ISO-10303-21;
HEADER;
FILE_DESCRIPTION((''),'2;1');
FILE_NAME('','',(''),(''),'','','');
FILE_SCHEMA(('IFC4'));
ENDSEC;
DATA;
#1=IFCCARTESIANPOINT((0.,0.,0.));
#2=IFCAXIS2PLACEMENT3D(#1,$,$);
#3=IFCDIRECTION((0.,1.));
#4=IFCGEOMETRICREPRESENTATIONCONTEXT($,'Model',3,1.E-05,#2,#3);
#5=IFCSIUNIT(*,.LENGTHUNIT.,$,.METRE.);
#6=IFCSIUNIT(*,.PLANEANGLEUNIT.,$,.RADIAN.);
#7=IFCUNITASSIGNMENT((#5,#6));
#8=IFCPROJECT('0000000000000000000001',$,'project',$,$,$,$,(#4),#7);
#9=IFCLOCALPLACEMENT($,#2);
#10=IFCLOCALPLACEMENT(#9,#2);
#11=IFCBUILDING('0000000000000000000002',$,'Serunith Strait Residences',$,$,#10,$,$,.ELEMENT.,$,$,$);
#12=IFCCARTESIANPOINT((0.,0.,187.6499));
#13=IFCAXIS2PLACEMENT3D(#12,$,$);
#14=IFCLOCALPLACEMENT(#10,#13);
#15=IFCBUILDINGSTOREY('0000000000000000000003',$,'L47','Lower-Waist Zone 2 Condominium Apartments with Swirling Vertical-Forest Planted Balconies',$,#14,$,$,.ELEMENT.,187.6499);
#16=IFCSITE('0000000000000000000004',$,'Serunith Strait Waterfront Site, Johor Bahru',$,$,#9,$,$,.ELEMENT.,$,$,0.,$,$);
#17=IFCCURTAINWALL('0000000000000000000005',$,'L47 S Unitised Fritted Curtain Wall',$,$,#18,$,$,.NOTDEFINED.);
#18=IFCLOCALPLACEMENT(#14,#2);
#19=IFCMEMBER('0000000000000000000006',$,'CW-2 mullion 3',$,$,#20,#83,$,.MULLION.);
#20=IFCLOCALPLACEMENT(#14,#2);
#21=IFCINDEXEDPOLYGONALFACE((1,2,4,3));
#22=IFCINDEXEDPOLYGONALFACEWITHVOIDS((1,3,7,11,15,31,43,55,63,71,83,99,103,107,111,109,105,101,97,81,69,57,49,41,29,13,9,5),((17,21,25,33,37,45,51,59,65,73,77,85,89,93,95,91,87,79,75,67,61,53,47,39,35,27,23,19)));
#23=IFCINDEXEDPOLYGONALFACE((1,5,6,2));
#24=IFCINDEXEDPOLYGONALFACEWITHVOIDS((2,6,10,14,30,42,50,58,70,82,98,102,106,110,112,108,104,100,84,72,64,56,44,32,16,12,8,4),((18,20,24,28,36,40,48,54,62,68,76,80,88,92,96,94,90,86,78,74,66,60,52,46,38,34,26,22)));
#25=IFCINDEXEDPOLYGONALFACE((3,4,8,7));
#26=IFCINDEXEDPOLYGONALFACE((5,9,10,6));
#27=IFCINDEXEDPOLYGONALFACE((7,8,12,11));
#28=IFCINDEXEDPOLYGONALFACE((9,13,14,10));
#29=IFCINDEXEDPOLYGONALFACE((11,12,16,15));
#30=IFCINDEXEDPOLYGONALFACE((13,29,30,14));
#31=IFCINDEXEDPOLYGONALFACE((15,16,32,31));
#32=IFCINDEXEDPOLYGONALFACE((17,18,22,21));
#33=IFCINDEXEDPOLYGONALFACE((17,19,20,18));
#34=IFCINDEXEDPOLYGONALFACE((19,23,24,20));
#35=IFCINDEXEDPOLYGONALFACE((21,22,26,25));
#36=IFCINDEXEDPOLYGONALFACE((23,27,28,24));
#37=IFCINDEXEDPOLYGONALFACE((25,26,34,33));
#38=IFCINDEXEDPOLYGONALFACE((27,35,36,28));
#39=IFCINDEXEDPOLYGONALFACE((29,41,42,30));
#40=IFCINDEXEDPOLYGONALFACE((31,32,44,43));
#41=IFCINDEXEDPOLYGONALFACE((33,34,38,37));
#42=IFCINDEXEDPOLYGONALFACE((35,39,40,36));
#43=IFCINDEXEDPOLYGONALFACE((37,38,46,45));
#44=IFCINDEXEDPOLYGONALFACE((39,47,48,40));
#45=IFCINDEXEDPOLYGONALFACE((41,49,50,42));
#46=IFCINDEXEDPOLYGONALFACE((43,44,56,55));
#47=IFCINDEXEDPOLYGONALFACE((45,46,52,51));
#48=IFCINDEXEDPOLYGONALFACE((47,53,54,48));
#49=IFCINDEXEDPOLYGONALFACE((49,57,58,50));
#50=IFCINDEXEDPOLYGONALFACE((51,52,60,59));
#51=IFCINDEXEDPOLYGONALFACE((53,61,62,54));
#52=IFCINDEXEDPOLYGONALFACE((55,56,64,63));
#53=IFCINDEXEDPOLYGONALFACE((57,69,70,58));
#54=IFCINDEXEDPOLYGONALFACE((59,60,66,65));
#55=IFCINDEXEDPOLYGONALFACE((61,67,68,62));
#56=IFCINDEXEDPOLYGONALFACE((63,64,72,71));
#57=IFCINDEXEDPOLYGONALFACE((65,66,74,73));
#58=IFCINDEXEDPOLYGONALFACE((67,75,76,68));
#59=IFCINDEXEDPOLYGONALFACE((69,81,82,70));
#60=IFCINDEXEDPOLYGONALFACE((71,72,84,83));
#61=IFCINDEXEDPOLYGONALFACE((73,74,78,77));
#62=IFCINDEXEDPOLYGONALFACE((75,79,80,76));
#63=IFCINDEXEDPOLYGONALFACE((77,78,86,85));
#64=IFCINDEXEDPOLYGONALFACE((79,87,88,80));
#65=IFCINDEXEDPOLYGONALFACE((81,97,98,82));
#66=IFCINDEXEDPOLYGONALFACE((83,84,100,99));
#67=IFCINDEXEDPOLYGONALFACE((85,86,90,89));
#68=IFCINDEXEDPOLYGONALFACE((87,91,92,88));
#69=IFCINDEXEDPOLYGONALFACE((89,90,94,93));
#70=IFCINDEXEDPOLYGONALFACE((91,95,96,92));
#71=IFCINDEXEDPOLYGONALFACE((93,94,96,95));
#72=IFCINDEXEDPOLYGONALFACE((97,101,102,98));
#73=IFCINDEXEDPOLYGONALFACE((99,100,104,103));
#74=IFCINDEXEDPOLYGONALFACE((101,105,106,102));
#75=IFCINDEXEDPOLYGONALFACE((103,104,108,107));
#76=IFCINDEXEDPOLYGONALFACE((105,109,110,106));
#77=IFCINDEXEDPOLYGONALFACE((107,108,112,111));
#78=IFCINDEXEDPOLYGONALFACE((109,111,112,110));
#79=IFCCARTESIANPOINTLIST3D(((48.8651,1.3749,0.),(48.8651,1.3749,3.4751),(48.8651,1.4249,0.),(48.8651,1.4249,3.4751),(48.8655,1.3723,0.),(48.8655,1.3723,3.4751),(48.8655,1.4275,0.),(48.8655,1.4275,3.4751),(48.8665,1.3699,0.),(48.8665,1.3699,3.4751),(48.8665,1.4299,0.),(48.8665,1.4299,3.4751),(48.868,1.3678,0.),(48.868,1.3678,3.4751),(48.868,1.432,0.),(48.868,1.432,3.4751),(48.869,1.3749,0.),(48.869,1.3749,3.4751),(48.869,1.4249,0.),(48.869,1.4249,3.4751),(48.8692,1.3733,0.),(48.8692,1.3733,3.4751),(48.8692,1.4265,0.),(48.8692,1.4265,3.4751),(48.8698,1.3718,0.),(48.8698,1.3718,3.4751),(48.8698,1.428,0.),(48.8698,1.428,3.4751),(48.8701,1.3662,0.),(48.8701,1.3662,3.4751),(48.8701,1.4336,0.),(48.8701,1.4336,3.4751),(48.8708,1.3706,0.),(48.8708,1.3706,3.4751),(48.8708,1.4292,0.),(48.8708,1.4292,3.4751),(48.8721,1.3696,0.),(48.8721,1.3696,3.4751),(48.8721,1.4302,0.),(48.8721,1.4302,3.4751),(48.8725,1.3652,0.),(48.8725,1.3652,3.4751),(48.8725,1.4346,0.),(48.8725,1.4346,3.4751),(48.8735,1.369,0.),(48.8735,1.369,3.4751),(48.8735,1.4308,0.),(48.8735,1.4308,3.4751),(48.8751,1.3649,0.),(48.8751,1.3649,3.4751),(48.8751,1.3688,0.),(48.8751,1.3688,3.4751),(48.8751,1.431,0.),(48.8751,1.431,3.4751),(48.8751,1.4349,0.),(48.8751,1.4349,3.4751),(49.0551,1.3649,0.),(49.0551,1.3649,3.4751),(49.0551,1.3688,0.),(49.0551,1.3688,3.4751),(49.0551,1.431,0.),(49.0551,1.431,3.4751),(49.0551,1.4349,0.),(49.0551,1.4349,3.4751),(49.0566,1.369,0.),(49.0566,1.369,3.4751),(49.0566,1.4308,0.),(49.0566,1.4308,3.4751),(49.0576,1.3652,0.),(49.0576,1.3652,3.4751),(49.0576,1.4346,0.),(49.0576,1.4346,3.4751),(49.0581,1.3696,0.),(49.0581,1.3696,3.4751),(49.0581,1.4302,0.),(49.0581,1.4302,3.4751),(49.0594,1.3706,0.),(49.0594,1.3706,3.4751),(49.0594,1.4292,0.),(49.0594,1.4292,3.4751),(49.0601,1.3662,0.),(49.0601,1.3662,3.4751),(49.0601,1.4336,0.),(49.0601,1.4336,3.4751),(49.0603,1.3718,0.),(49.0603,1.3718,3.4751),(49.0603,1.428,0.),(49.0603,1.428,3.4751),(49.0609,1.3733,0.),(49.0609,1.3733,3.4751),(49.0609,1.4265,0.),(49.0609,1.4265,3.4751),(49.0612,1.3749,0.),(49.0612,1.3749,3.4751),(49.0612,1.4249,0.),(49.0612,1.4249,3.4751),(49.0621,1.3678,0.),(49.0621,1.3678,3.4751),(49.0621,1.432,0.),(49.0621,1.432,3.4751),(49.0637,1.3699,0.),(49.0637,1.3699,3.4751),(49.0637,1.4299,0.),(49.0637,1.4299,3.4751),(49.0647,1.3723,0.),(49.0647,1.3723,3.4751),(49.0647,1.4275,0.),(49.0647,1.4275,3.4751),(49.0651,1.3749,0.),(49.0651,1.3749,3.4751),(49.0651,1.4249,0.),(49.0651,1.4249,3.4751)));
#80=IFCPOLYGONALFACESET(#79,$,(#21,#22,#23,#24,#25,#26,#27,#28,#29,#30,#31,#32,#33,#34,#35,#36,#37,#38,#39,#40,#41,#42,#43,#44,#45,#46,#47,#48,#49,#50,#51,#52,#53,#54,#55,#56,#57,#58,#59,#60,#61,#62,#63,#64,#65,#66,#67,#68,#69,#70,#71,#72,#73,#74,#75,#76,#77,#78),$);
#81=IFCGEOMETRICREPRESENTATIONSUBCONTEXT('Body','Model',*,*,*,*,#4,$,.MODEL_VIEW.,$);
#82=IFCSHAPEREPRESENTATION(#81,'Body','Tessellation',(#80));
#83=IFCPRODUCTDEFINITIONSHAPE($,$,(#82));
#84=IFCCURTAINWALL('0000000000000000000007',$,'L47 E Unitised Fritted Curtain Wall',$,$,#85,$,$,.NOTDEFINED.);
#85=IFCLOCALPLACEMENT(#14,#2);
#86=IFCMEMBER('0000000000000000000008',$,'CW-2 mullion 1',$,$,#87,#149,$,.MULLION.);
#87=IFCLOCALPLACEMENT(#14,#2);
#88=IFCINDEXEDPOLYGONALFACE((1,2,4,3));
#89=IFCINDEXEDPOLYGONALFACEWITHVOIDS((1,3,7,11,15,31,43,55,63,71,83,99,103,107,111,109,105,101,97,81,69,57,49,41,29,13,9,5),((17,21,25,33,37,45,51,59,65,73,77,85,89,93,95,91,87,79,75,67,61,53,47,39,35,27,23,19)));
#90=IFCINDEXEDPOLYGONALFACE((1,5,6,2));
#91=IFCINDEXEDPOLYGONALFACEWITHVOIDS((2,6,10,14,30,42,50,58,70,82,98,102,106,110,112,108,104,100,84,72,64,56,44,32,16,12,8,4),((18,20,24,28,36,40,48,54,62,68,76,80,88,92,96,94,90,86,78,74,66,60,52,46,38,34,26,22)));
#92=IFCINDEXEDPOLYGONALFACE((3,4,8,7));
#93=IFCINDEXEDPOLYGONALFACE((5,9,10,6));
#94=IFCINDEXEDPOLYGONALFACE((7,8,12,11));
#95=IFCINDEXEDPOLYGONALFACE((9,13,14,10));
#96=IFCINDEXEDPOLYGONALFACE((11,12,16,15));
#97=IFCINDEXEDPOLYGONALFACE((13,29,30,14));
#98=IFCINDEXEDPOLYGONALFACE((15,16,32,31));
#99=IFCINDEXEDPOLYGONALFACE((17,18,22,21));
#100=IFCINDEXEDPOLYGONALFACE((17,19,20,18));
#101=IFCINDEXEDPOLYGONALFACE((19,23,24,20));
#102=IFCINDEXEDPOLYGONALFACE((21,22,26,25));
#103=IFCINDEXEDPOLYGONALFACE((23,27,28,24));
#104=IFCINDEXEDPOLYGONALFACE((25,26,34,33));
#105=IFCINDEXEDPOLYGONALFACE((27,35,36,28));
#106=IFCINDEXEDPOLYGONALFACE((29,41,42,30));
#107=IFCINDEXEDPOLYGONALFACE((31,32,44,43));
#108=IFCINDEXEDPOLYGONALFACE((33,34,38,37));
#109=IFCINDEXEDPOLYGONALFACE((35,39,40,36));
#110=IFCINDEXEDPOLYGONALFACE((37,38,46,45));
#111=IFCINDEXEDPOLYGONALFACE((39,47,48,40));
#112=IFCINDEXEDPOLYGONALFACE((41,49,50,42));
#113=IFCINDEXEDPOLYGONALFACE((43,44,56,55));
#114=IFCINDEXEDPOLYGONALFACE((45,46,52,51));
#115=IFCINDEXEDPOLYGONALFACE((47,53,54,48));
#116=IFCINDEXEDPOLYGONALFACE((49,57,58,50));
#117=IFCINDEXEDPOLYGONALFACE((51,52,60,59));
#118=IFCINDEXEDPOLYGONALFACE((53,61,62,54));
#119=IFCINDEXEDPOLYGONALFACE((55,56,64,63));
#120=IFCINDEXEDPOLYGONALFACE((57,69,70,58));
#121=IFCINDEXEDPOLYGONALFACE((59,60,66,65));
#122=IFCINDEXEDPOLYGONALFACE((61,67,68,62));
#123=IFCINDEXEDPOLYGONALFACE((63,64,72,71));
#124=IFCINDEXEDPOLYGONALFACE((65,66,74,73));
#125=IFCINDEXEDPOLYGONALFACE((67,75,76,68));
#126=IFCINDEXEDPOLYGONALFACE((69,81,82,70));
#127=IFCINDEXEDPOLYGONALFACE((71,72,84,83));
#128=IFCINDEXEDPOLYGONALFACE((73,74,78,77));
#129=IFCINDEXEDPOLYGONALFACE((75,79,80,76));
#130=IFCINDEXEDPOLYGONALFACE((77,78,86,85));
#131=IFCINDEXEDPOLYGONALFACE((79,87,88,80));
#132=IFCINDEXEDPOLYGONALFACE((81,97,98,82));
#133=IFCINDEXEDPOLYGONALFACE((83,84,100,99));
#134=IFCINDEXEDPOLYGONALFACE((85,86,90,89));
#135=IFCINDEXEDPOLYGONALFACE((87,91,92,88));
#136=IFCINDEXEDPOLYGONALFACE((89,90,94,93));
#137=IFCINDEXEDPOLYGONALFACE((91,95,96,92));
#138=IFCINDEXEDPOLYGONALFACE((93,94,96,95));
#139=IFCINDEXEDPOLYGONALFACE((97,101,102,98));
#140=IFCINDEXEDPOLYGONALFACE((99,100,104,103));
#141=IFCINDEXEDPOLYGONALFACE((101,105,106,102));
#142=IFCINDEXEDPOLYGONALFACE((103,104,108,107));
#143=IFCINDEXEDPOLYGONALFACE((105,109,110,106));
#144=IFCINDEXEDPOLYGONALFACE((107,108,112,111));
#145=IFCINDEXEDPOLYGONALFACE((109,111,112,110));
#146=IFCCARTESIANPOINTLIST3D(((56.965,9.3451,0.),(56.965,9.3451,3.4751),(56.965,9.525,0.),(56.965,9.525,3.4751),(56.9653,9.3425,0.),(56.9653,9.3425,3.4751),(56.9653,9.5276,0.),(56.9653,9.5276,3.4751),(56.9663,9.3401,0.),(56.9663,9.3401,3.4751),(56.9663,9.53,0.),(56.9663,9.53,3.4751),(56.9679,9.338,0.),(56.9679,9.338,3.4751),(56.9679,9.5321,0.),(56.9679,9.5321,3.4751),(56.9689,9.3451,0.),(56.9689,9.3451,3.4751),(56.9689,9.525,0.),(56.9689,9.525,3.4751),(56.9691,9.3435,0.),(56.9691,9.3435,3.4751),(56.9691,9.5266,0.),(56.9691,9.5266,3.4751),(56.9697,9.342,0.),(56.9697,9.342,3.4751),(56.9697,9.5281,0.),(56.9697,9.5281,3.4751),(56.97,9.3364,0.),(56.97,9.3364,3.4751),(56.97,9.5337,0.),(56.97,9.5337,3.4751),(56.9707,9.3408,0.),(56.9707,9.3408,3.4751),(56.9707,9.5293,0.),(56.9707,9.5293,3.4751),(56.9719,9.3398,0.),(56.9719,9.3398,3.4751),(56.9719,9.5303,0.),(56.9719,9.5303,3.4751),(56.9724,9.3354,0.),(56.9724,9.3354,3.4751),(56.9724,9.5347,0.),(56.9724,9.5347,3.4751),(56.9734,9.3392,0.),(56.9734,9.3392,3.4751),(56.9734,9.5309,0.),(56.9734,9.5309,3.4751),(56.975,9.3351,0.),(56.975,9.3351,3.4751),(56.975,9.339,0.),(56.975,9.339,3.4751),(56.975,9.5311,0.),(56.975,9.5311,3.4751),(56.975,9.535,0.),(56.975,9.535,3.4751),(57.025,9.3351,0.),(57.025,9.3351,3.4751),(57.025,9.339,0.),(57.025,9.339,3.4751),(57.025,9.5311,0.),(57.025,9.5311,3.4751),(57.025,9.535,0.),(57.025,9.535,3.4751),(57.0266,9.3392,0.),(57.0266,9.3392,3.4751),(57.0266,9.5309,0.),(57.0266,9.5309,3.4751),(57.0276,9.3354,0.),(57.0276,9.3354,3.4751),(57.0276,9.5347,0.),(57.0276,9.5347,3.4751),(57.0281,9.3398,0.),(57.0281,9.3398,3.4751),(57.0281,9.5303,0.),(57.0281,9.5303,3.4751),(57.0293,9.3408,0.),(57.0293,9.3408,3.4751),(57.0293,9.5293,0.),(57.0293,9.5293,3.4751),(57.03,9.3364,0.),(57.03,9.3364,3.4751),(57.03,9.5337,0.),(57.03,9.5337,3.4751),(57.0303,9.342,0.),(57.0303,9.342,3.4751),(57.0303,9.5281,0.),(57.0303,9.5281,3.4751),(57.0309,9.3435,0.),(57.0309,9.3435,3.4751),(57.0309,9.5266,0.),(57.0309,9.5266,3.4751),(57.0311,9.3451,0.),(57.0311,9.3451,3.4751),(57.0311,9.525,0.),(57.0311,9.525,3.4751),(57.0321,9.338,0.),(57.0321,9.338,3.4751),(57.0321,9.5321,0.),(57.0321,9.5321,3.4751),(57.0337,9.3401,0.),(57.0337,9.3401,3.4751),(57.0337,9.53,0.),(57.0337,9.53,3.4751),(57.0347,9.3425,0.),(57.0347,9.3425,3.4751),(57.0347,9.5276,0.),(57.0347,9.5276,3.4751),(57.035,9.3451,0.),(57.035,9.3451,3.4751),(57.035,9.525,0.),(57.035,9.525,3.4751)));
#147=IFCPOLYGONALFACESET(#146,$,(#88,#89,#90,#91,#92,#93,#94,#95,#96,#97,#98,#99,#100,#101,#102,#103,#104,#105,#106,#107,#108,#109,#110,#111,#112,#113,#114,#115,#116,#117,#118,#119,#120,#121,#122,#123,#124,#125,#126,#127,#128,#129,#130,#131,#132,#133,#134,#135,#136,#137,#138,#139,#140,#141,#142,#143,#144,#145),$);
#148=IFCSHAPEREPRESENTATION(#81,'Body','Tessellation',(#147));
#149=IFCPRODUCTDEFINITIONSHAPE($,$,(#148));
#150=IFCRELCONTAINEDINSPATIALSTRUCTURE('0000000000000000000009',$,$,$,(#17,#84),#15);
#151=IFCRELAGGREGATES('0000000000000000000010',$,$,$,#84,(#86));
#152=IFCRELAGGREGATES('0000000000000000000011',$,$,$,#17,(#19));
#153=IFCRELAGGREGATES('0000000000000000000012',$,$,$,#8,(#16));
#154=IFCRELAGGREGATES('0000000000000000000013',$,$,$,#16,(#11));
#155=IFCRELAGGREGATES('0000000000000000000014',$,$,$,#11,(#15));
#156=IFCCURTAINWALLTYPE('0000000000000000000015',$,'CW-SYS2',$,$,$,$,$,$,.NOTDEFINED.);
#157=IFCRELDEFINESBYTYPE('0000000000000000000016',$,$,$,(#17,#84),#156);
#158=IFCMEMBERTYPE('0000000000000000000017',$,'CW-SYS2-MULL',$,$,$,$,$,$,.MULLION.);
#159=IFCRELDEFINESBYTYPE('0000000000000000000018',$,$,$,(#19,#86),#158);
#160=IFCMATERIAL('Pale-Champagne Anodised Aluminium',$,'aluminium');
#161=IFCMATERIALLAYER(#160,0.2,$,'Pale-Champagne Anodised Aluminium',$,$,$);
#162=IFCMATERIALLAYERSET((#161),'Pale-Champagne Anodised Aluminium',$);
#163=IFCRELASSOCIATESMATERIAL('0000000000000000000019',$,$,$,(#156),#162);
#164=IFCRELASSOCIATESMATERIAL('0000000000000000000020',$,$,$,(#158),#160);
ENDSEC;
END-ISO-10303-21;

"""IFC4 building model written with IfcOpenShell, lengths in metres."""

from ifc_helpers import new_model, si_unit, direction, frame, origin, origin_2d, place, context, subcontext, project, spatial, hollow_rectangle, extrude, source, transform, mapped, material, layer, layer_set, material_profile, profile_set, type_object, element, aggregate, save


model = new_model("IFC4")

# Units and contexts
model_context = context("Model", 3, precision=1e-05, world=origin(), true_north=direction((0.0, 1.0)))
body_context = subcontext(model_context, "Body", "Model", "MODEL_VIEW")
ifc_project = project(units=[si_unit("LENGTHUNIT", "METRE"), si_unit("PLANEANGLEUNIT", "RADIAN")], contexts=[model_context])

# Site, building, storey
site_placement = place(None, origin())
site = spatial("IfcSite", under=ifc_project, at=site_placement, Name="Serunith Strait Waterfront Site, Johor Bahru", CompositionType="ELEMENT", RefElevation=0.0)
building_placement = place(site_placement, origin())
building = spatial("IfcBuilding", under=site, at=building_placement, Name="Serunith Strait Residences", CompositionType="ELEMENT")
storey_placement = place(building_placement, frame((0.0, 0.0, 187.6499)))
storey = spatial("IfcBuildingStorey", under=building, at=storey_placement, Name="L47", Description="Lower-Waist Zone 2 Condominium Apartments with Swirling Vertical-Forest Planted Balconies", CompositionType="ELEMENT", Elevation=187.6499)

# Curtain wall, member
ifc_material_1 = material(Name="Pale-Champagne Anodised Aluminium", Category="aluminium")
ifc_layer_1 = layer(ifc_material_1, 0.2, Name="Pale-Champagne Anodised Aluminium")
ifc_layer_set_1 = layer_set([ifc_layer_1], Name="Pale-Champagne Anodised Aluminium")
curtain_wall_type = type_object("IfcCurtainWallType", Name="CW-SYS2", PredefinedType="NOTDEFINED", material=ifc_layer_set_1)
curtain_wall_1_placement = place(storey_placement, origin())
curtain_wall_1 = element("IfcCurtainWall", 1, at=curtain_wall_1_placement, inside=storey, type_object=curtain_wall_type, Name="L47 S Unitised Fritted Curtain Wall", PredefinedType="NOTDEFINED")
ifc_material_profile_1 = material_profile(ifc_material_1, hollow_rectangle(XDim=0.0701, YDim=0.2, WallThickness=0.0039, InnerFilletRadius=0.0061, OuterFilletRadius=0.01, at=origin_2d()), Name="ALU 200x70x4")
ifc_profile_set_1 = profile_set([ifc_material_profile_1], Name="Pale-Champagne Anodised Aluminium")
member_type_1 = type_object("IfcMemberType", Name="CW-SYS2-MULL", PredefinedType="MULLION", material=ifc_profile_set_1)
shared_shape_1 = source(origin(), body_context, "Body", "SweptSolid", [
    extrude(hollow_rectangle(XDim=0.0701, YDim=0.2, WallThickness=0.0039, InnerFilletRadius=0.0061, OuterFilletRadius=0.01, at=origin_2d()), origin(), (0.0, 0.0, 1.0), 3.4751),
])
member_1_placement = place(storey_placement, frame((48.9651, 1.3999, 0.0), z_axis=(0.0, 0.0, 1.0), x_axis=(0.0, 1.0, 0.0)))
member_1 = element("IfcMember", 2, at=member_1_placement, type_object=member_type_1, Name="CW-2 mullion 3", PredefinedType="MULLION", context=body_context, shape_type="MappedRepresentation", body=[
    mapped(shared_shape_1, transform((0.0, 0.0, 0.0), scale=1.0)),
])

# Curtain wall, member
curtain_wall_2_placement = place(storey_placement, origin())
curtain_wall_2 = element("IfcCurtainWall", 3, at=curtain_wall_2_placement, inside=storey, type_object=curtain_wall_type, Name="L47 E Unitised Fritted Curtain Wall", PredefinedType="NOTDEFINED")
member_2_placement = place(storey_placement, frame((57.0, 9.4351, 0.0), z_axis=(0.0, 0.0, 1.0), x_axis=(-1.0, 0.0, 0.0)))
member_2 = element("IfcMember", 4, at=member_2_placement, type_object=member_type_1, Name="CW-2 mullion 1", PredefinedType="MULLION", context=body_context, shape_type="MappedRepresentation", body=[
    mapped(shared_shape_1, transform((0.0, 0.0, 0.0), scale=1.0)),
])
aggregate(curtain_wall_2, [member_2])

aggregate(curtain_wall_1, [member_1])

save(model, "model.ifc")
